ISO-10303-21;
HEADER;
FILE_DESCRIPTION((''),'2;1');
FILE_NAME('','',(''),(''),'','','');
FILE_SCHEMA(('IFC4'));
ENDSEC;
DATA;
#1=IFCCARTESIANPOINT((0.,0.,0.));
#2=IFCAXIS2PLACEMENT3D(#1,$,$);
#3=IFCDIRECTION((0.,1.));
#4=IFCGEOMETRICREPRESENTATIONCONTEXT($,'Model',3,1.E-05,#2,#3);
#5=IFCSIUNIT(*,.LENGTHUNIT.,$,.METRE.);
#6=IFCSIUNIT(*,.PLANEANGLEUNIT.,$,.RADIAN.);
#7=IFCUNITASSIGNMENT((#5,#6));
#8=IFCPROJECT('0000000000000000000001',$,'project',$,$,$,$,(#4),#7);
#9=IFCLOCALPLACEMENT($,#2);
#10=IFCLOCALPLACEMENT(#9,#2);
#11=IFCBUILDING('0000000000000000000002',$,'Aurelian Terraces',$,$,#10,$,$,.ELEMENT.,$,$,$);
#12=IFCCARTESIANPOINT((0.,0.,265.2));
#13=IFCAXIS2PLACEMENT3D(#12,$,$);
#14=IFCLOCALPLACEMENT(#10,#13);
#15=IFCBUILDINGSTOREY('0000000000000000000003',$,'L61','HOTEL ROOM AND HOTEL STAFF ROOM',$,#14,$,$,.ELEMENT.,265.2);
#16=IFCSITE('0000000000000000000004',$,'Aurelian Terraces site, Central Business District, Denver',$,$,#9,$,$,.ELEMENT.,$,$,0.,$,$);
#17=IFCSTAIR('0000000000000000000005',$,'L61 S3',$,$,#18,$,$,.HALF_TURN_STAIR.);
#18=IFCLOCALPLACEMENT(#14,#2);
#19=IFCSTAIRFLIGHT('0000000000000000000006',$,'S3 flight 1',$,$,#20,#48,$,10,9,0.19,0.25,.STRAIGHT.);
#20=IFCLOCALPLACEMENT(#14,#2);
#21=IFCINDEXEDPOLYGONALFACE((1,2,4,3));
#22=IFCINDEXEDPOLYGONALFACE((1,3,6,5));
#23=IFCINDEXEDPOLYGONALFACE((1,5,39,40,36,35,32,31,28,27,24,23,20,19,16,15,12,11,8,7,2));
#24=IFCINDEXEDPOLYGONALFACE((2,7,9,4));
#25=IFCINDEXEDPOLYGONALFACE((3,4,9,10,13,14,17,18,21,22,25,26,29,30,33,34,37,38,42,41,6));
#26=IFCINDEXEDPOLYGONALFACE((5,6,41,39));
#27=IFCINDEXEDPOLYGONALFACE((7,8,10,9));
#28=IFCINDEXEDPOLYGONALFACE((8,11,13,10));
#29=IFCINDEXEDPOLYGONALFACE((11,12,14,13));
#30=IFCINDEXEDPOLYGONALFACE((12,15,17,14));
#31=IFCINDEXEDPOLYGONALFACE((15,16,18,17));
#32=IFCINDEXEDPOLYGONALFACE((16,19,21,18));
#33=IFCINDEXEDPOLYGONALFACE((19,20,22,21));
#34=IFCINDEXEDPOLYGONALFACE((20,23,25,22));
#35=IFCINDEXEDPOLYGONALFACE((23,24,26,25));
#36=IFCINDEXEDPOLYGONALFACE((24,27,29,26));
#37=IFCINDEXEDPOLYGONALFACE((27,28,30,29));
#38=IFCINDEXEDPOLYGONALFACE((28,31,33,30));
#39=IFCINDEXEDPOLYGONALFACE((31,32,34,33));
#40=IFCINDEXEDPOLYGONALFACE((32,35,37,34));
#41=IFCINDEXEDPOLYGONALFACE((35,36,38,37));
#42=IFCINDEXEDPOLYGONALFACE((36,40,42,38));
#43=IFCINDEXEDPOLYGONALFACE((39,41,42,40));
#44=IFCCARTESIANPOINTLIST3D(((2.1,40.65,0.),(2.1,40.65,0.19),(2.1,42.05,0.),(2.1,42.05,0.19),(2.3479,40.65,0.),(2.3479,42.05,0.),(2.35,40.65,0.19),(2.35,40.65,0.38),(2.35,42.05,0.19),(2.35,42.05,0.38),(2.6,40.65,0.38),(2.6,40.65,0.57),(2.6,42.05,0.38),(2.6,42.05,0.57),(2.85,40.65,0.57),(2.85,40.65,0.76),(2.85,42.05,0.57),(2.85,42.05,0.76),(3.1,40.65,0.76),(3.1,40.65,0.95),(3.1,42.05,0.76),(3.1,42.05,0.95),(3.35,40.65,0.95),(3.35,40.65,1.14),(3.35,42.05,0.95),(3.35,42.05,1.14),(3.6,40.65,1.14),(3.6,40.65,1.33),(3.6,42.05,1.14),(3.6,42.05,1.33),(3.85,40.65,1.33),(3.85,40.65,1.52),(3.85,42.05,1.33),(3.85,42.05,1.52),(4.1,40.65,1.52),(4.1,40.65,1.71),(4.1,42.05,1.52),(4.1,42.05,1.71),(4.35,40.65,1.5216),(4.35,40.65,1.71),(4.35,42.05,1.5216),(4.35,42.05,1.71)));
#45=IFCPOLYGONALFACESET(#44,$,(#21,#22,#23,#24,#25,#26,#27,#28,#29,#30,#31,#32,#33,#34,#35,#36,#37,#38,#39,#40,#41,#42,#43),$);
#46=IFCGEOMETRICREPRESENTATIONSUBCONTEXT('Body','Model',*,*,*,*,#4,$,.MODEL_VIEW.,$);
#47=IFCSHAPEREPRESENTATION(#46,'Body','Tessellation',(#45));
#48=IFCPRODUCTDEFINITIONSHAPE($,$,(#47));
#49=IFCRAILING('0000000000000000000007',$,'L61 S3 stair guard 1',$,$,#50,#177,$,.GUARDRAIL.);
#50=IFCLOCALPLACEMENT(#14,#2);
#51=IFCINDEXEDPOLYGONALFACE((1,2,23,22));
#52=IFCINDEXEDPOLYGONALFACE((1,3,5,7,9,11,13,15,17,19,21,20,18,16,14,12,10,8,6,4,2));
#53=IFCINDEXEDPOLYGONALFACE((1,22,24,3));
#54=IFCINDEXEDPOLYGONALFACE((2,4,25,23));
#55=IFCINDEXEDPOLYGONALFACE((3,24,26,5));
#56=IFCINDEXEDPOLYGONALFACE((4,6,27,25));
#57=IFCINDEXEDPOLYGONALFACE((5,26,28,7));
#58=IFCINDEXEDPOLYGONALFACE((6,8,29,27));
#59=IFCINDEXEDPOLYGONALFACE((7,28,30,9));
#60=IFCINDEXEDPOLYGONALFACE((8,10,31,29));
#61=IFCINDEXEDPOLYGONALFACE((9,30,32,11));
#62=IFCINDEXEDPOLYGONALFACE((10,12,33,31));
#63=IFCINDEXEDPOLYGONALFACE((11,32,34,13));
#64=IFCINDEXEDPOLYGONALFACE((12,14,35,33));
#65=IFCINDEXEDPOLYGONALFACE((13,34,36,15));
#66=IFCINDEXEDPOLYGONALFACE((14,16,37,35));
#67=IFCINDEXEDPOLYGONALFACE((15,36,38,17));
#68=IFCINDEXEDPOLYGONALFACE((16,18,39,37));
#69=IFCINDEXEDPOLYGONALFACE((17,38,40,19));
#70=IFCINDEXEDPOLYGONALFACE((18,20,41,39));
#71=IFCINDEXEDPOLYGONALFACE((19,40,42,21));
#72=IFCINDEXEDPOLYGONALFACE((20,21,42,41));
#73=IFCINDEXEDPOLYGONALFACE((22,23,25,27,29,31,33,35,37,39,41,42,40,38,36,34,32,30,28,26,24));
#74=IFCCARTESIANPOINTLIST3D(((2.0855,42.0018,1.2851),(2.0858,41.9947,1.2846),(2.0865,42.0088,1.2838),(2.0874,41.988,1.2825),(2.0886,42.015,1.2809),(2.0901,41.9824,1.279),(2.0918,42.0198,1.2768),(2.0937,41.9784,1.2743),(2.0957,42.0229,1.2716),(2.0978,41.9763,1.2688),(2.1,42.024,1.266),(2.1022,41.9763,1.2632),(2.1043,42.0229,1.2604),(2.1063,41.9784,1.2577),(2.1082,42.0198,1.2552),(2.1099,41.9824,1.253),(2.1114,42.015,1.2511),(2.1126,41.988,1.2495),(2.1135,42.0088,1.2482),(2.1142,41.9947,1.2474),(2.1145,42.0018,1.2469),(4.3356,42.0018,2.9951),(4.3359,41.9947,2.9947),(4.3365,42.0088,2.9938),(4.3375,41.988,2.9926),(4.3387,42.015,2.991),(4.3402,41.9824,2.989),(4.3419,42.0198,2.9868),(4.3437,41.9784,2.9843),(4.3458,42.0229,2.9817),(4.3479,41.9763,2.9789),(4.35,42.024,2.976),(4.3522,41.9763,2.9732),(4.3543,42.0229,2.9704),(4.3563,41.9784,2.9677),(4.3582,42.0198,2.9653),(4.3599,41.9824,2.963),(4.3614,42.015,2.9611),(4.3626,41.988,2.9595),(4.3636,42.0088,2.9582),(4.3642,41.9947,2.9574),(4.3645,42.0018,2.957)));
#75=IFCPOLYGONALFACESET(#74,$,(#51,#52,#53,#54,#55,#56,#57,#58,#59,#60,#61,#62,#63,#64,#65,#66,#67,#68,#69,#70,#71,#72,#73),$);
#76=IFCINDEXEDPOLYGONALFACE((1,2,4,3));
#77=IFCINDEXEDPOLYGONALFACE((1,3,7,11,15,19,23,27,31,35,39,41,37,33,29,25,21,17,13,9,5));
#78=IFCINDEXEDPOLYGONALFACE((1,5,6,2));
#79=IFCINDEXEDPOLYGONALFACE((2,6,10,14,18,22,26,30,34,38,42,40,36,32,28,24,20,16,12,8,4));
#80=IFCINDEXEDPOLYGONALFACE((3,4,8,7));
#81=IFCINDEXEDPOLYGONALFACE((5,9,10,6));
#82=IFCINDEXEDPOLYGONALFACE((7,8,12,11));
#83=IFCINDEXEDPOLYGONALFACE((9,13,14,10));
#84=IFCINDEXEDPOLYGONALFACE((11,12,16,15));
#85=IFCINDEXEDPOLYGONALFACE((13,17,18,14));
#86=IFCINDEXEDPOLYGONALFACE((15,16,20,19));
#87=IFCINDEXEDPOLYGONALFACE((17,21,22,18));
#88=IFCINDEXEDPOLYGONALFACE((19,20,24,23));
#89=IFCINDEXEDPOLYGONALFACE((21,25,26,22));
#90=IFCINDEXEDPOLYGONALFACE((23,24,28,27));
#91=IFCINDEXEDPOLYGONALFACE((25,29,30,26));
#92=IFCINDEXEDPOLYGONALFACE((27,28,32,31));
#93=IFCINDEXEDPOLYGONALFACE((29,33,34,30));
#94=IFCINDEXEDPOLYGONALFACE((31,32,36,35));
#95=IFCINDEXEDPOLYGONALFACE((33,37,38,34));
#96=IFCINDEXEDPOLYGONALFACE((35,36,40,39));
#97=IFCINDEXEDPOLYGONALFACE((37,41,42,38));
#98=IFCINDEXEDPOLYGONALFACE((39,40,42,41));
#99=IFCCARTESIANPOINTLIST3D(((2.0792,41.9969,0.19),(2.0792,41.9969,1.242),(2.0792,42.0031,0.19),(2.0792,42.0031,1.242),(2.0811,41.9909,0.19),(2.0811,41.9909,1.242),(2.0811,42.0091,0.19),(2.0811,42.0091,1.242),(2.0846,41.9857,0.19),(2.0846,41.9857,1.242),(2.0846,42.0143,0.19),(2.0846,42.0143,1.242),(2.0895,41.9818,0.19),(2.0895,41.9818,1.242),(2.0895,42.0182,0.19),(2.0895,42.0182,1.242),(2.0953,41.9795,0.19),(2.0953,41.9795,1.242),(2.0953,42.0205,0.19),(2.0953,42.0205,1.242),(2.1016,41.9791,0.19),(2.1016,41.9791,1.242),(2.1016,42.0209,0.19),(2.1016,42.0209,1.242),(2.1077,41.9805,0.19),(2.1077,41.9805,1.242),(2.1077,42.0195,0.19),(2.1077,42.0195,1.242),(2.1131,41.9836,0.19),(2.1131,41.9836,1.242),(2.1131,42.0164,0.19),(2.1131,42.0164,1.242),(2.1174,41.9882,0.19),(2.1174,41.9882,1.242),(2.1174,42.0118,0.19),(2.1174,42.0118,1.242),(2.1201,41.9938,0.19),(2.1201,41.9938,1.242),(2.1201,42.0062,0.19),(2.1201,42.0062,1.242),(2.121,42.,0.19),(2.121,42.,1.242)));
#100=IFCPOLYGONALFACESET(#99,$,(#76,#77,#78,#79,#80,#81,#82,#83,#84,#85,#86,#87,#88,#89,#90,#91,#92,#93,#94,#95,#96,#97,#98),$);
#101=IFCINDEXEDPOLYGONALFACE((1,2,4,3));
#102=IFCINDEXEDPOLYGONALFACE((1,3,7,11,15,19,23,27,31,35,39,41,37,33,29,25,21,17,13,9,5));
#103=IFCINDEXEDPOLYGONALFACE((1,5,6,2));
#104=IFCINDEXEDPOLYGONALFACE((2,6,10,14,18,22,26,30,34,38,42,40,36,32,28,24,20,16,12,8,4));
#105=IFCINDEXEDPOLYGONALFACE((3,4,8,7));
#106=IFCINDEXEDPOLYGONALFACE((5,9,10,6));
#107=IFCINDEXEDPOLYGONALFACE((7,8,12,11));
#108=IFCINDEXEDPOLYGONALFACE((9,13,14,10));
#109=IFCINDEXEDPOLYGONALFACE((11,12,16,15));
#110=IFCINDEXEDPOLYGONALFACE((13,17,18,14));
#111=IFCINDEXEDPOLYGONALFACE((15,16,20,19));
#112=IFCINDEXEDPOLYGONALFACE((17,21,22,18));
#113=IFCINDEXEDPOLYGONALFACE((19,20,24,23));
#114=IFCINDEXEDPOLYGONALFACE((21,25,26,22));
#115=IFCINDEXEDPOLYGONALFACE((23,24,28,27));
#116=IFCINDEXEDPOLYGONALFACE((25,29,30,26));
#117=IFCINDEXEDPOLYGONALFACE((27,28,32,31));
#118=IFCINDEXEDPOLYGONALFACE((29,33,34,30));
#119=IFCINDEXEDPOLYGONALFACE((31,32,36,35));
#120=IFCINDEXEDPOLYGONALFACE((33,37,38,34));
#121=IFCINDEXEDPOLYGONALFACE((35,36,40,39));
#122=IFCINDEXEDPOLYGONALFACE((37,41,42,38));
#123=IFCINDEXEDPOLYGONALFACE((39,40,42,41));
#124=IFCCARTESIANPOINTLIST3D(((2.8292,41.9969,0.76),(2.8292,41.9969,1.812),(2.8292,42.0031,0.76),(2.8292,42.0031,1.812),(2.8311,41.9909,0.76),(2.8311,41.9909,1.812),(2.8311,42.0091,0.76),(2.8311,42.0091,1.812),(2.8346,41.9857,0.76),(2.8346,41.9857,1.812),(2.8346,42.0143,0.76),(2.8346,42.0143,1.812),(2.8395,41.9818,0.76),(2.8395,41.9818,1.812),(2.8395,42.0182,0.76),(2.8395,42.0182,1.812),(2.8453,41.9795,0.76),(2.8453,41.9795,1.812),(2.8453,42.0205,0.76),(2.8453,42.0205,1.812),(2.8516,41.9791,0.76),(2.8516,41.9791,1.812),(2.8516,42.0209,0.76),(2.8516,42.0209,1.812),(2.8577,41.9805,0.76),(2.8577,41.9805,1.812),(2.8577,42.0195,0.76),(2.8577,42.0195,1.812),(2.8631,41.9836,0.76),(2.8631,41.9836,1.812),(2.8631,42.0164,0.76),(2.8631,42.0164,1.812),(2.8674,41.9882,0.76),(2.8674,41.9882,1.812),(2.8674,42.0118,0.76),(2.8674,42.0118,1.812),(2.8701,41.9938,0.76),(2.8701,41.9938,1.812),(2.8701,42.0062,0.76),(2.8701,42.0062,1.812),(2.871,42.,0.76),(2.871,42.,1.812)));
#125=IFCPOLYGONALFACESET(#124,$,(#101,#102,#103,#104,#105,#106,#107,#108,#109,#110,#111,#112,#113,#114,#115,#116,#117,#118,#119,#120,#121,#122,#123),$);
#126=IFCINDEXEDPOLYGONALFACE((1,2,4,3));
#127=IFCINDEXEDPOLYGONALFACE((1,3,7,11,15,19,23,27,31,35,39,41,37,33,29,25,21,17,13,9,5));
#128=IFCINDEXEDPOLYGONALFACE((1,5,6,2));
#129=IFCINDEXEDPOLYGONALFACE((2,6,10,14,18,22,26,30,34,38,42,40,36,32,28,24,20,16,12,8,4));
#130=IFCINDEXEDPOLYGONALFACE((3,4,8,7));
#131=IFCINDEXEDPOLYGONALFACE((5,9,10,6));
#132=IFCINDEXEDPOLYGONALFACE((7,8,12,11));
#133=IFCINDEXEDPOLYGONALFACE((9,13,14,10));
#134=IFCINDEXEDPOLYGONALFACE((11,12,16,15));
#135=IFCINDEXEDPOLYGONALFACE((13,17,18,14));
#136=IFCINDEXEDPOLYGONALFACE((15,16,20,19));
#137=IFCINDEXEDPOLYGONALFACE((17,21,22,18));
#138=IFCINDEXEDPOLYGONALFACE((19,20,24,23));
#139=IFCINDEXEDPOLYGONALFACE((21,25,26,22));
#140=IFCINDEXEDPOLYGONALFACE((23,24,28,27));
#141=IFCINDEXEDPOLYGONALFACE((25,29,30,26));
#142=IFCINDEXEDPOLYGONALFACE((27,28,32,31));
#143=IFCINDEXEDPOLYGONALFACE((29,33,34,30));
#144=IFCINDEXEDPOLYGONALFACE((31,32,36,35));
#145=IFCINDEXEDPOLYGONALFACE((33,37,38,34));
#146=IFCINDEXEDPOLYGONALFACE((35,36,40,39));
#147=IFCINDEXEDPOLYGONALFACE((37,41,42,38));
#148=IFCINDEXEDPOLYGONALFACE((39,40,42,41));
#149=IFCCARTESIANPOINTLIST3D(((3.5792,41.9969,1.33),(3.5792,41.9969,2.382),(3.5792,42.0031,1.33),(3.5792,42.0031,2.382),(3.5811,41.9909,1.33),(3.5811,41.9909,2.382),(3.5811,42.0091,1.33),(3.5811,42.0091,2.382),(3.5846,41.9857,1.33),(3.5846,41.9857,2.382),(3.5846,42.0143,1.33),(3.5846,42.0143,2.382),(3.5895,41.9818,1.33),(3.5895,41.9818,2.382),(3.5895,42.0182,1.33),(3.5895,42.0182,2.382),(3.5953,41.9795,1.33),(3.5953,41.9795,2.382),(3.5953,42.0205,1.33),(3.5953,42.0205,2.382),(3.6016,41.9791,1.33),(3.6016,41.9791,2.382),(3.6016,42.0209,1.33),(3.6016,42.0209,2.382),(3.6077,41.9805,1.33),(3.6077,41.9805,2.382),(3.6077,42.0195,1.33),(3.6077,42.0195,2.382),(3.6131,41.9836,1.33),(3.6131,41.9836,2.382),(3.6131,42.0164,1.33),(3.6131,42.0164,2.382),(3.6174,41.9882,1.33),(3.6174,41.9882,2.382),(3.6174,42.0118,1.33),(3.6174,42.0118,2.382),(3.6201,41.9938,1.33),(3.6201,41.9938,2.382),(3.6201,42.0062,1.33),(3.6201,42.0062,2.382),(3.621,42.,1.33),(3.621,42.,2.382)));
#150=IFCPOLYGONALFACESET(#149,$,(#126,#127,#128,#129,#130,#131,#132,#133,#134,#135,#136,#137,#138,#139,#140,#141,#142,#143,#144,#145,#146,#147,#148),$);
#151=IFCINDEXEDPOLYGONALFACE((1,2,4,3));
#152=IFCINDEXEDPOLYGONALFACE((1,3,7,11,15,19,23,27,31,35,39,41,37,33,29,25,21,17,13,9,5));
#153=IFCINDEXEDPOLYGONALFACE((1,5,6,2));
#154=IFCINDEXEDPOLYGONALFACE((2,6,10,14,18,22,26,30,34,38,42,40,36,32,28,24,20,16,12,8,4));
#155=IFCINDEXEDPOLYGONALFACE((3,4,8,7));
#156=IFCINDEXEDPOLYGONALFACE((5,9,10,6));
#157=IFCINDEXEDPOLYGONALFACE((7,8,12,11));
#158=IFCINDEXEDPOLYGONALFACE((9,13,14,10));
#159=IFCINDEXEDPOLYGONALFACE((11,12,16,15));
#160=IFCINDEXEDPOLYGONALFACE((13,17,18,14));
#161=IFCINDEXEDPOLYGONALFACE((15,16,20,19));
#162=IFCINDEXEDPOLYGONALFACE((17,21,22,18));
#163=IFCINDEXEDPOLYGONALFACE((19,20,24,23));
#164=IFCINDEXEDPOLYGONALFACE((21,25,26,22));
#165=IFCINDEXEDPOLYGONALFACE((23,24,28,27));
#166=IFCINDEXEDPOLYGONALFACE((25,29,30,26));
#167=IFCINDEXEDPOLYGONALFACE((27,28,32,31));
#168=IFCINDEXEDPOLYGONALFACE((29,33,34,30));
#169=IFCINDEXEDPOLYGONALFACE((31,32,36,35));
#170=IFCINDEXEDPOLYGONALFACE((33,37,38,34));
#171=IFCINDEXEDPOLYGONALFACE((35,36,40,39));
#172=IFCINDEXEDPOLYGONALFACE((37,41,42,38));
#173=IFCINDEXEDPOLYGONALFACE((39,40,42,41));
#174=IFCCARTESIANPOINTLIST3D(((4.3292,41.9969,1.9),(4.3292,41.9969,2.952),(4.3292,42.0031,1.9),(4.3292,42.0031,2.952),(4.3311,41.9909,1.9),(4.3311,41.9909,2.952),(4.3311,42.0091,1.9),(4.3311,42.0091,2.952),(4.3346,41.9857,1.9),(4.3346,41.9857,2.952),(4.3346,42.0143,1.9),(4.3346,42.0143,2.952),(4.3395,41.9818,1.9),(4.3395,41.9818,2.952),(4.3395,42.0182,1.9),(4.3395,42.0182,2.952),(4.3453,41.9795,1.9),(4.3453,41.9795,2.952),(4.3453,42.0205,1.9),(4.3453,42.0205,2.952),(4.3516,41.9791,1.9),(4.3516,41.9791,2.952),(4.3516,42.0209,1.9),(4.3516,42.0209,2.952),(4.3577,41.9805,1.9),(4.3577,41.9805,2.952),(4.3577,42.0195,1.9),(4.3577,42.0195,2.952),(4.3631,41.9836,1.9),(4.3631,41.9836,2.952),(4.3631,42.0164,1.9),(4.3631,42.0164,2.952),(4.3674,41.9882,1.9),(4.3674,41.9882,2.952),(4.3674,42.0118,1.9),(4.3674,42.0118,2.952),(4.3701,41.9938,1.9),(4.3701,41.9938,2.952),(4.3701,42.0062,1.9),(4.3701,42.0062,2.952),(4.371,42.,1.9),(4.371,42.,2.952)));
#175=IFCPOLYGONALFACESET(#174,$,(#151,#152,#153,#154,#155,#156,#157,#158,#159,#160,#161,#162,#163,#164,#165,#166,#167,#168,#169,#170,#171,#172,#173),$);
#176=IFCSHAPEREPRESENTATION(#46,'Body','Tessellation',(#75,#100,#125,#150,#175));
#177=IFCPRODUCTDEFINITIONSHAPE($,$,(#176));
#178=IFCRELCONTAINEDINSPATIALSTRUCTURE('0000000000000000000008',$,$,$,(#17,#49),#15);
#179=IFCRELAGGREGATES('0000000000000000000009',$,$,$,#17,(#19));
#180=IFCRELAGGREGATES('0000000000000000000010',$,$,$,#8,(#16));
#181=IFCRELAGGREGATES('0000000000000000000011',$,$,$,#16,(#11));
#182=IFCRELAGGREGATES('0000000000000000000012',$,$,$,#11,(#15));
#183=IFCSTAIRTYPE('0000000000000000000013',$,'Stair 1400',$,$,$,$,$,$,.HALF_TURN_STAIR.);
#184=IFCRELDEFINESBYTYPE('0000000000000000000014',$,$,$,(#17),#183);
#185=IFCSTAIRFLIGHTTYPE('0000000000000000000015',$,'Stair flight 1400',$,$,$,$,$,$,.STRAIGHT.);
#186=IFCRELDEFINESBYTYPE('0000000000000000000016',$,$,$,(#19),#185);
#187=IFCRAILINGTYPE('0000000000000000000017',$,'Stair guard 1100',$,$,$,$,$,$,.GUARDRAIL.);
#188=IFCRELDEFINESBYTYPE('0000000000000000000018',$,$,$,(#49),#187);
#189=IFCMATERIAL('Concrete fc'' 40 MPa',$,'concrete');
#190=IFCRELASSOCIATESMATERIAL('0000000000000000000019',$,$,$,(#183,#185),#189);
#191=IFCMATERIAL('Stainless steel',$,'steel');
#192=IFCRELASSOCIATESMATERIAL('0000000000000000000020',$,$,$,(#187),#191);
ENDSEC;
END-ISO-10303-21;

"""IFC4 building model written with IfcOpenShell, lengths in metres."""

from ifc_helpers import new_model, si_unit, direction, frame, origin, origin_2d, place, context, subcontext, project, spatial, polyline, circle, outline, extrude, source, transform, mapped, material, type_object, element, aggregate, save


model = new_model("IFC4")

# Units and contexts
model_context = context("Model", 3, precision=1e-05, world=origin(), true_north=direction((0.0, 1.0)))
body_context = subcontext(model_context, "Body", "Model", "MODEL_VIEW")
ifc_project = project(units=[si_unit("LENGTHUNIT", "METRE"), si_unit("PLANEANGLEUNIT", "RADIAN")], contexts=[model_context])

# Site, building, storey
site_placement = place(None, origin())
site = spatial("IfcSite", under=ifc_project, at=site_placement, Name="Aurelian Terraces site, Central Business District, Denver", CompositionType="ELEMENT", RefElevation=0.0)
building_placement = place(site_placement, origin())
building = spatial("IfcBuilding", under=site, at=building_placement, Name="Aurelian Terraces", CompositionType="ELEMENT")
storey_placement = place(building_placement, frame((0.0, 0.0, 265.2)))
storey = spatial("IfcBuildingStorey", under=building, at=storey_placement, Name="L61", Description="HOTEL ROOM AND HOTEL STAFF ROOM", CompositionType="ELEMENT", Elevation=265.2)

# Shared definitions
ifc_material_1 = material(Name="Concrete fc' 40 MPa", Category="concrete")

# Stair, stair flight
stair_type = type_object("IfcStairType", Name="Stair 1400", PredefinedType="HALF_TURN_STAIR", material=ifc_material_1)
stair_placement = place(storey_placement, origin())
stair = element("IfcStair", 1, at=stair_placement, inside=storey, type_object=stair_type, Name="L61 S3", PredefinedType="HALF_TURN_STAIR")
stair_flight_type = type_object("IfcStairFlightType", Name="Stair flight 1400", PredefinedType="STRAIGHT", material=ifc_material_1)
shared_shape_1 = source(origin(), body_context, "Body", "SweptSolid", [
    extrude(outline(polyline([(0.0, 0.0), (0.0, 0.19), (0.25, 0.19), (0.25, 0.38), (0.5, 0.38), (0.5, 0.57), (0.75, 0.57), (0.75, 0.76), (1.0, 0.76), (1.0, 0.95), (1.25, 0.95), (1.25, 1.14), (1.5, 1.14), (1.5, 1.33), (1.75, 1.33), (1.75, 1.52), (2.0, 1.52), (2.0, 1.71), (2.25, 1.71), (2.25, 1.9), (2.25, 1.5216), (0.2479, 0.0), (0.0, 0.0)])), frame((0.0, 0.7, 0.0), z_axis=(0.0, -1.0, 0.0), x_axis=(1.0, 0.0, 0.0)), (0.0, 0.0, 1.0), 1.4),
])
stair_flight_placement = place(storey_placement, frame((2.1, 41.35, 0.0), z_axis=(0.0, 0.0, 1.0), x_axis=(1.0, 0.0, 0.0)))
stair_flight = element("IfcStairFlight", 2, at=stair_flight_placement, type_object=stair_flight_type, Name="S3 flight 1", NumberOfRisers=10, NumberOfTreads=9, PredefinedType="STRAIGHT", RiserHeight=0.19, TreadLength=0.25, context=body_context, shape_type="MappedRepresentation", body=[
    mapped(shared_shape_1, transform((0.0, 0.0, 0.0), scale=1.0)),
])
aggregate(stair, [stair_flight])

# Railing
ifc_material_2 = material(Name="Stainless steel", Category="steel")
railing_type_1 = type_object("IfcRailingType", Name="Stair guard 1100", PredefinedType="GUARDRAIL", material=ifc_material_2)
shared_shape_2 = source(origin(), body_context, "Body", "SweptSolid", [
    extrude(circle(Radius=0.024, at=origin_2d()), frame((0.0, 0.0, 1.076), z_axis=(0.796162, 0.0, 0.605083), x_axis=(0.0, 1.0, 0.0)), (0.0, 0.0, 1.0), 2.8261),
    extrude(circle(Radius=0.021, at=origin_2d()), origin(), (0.0, 0.0, 1.0), 1.052),
    extrude(circle(Radius=0.021, at=origin_2d()), frame((0.75, 0.0, 0.57)), (0.0, 0.0, 1.0), 1.052),
    extrude(circle(Radius=0.021, at=origin_2d()), frame((1.5, 0.0, 1.14)), (0.0, 0.0, 1.0), 1.052),
    extrude(circle(Radius=0.021, at=origin_2d()), frame((2.25, 0.0, 1.71)), (0.0, 0.0, 1.0), 1.052),
])
railing_1_placement = place(storey_placement, frame((2.1, 42.0, 0.19)))
element("IfcRailing", 3, at=railing_1_placement, inside=storey, type_object=railing_type_1, Name="L61 S3 stair guard 1", PredefinedType="GUARDRAIL", context=body_context, shape_type="MappedRepresentation", body=[
    mapped(shared_shape_2, transform((0.0, 0.0, 0.0), scale=1.0)),
])

save(model, "model.ifc")
